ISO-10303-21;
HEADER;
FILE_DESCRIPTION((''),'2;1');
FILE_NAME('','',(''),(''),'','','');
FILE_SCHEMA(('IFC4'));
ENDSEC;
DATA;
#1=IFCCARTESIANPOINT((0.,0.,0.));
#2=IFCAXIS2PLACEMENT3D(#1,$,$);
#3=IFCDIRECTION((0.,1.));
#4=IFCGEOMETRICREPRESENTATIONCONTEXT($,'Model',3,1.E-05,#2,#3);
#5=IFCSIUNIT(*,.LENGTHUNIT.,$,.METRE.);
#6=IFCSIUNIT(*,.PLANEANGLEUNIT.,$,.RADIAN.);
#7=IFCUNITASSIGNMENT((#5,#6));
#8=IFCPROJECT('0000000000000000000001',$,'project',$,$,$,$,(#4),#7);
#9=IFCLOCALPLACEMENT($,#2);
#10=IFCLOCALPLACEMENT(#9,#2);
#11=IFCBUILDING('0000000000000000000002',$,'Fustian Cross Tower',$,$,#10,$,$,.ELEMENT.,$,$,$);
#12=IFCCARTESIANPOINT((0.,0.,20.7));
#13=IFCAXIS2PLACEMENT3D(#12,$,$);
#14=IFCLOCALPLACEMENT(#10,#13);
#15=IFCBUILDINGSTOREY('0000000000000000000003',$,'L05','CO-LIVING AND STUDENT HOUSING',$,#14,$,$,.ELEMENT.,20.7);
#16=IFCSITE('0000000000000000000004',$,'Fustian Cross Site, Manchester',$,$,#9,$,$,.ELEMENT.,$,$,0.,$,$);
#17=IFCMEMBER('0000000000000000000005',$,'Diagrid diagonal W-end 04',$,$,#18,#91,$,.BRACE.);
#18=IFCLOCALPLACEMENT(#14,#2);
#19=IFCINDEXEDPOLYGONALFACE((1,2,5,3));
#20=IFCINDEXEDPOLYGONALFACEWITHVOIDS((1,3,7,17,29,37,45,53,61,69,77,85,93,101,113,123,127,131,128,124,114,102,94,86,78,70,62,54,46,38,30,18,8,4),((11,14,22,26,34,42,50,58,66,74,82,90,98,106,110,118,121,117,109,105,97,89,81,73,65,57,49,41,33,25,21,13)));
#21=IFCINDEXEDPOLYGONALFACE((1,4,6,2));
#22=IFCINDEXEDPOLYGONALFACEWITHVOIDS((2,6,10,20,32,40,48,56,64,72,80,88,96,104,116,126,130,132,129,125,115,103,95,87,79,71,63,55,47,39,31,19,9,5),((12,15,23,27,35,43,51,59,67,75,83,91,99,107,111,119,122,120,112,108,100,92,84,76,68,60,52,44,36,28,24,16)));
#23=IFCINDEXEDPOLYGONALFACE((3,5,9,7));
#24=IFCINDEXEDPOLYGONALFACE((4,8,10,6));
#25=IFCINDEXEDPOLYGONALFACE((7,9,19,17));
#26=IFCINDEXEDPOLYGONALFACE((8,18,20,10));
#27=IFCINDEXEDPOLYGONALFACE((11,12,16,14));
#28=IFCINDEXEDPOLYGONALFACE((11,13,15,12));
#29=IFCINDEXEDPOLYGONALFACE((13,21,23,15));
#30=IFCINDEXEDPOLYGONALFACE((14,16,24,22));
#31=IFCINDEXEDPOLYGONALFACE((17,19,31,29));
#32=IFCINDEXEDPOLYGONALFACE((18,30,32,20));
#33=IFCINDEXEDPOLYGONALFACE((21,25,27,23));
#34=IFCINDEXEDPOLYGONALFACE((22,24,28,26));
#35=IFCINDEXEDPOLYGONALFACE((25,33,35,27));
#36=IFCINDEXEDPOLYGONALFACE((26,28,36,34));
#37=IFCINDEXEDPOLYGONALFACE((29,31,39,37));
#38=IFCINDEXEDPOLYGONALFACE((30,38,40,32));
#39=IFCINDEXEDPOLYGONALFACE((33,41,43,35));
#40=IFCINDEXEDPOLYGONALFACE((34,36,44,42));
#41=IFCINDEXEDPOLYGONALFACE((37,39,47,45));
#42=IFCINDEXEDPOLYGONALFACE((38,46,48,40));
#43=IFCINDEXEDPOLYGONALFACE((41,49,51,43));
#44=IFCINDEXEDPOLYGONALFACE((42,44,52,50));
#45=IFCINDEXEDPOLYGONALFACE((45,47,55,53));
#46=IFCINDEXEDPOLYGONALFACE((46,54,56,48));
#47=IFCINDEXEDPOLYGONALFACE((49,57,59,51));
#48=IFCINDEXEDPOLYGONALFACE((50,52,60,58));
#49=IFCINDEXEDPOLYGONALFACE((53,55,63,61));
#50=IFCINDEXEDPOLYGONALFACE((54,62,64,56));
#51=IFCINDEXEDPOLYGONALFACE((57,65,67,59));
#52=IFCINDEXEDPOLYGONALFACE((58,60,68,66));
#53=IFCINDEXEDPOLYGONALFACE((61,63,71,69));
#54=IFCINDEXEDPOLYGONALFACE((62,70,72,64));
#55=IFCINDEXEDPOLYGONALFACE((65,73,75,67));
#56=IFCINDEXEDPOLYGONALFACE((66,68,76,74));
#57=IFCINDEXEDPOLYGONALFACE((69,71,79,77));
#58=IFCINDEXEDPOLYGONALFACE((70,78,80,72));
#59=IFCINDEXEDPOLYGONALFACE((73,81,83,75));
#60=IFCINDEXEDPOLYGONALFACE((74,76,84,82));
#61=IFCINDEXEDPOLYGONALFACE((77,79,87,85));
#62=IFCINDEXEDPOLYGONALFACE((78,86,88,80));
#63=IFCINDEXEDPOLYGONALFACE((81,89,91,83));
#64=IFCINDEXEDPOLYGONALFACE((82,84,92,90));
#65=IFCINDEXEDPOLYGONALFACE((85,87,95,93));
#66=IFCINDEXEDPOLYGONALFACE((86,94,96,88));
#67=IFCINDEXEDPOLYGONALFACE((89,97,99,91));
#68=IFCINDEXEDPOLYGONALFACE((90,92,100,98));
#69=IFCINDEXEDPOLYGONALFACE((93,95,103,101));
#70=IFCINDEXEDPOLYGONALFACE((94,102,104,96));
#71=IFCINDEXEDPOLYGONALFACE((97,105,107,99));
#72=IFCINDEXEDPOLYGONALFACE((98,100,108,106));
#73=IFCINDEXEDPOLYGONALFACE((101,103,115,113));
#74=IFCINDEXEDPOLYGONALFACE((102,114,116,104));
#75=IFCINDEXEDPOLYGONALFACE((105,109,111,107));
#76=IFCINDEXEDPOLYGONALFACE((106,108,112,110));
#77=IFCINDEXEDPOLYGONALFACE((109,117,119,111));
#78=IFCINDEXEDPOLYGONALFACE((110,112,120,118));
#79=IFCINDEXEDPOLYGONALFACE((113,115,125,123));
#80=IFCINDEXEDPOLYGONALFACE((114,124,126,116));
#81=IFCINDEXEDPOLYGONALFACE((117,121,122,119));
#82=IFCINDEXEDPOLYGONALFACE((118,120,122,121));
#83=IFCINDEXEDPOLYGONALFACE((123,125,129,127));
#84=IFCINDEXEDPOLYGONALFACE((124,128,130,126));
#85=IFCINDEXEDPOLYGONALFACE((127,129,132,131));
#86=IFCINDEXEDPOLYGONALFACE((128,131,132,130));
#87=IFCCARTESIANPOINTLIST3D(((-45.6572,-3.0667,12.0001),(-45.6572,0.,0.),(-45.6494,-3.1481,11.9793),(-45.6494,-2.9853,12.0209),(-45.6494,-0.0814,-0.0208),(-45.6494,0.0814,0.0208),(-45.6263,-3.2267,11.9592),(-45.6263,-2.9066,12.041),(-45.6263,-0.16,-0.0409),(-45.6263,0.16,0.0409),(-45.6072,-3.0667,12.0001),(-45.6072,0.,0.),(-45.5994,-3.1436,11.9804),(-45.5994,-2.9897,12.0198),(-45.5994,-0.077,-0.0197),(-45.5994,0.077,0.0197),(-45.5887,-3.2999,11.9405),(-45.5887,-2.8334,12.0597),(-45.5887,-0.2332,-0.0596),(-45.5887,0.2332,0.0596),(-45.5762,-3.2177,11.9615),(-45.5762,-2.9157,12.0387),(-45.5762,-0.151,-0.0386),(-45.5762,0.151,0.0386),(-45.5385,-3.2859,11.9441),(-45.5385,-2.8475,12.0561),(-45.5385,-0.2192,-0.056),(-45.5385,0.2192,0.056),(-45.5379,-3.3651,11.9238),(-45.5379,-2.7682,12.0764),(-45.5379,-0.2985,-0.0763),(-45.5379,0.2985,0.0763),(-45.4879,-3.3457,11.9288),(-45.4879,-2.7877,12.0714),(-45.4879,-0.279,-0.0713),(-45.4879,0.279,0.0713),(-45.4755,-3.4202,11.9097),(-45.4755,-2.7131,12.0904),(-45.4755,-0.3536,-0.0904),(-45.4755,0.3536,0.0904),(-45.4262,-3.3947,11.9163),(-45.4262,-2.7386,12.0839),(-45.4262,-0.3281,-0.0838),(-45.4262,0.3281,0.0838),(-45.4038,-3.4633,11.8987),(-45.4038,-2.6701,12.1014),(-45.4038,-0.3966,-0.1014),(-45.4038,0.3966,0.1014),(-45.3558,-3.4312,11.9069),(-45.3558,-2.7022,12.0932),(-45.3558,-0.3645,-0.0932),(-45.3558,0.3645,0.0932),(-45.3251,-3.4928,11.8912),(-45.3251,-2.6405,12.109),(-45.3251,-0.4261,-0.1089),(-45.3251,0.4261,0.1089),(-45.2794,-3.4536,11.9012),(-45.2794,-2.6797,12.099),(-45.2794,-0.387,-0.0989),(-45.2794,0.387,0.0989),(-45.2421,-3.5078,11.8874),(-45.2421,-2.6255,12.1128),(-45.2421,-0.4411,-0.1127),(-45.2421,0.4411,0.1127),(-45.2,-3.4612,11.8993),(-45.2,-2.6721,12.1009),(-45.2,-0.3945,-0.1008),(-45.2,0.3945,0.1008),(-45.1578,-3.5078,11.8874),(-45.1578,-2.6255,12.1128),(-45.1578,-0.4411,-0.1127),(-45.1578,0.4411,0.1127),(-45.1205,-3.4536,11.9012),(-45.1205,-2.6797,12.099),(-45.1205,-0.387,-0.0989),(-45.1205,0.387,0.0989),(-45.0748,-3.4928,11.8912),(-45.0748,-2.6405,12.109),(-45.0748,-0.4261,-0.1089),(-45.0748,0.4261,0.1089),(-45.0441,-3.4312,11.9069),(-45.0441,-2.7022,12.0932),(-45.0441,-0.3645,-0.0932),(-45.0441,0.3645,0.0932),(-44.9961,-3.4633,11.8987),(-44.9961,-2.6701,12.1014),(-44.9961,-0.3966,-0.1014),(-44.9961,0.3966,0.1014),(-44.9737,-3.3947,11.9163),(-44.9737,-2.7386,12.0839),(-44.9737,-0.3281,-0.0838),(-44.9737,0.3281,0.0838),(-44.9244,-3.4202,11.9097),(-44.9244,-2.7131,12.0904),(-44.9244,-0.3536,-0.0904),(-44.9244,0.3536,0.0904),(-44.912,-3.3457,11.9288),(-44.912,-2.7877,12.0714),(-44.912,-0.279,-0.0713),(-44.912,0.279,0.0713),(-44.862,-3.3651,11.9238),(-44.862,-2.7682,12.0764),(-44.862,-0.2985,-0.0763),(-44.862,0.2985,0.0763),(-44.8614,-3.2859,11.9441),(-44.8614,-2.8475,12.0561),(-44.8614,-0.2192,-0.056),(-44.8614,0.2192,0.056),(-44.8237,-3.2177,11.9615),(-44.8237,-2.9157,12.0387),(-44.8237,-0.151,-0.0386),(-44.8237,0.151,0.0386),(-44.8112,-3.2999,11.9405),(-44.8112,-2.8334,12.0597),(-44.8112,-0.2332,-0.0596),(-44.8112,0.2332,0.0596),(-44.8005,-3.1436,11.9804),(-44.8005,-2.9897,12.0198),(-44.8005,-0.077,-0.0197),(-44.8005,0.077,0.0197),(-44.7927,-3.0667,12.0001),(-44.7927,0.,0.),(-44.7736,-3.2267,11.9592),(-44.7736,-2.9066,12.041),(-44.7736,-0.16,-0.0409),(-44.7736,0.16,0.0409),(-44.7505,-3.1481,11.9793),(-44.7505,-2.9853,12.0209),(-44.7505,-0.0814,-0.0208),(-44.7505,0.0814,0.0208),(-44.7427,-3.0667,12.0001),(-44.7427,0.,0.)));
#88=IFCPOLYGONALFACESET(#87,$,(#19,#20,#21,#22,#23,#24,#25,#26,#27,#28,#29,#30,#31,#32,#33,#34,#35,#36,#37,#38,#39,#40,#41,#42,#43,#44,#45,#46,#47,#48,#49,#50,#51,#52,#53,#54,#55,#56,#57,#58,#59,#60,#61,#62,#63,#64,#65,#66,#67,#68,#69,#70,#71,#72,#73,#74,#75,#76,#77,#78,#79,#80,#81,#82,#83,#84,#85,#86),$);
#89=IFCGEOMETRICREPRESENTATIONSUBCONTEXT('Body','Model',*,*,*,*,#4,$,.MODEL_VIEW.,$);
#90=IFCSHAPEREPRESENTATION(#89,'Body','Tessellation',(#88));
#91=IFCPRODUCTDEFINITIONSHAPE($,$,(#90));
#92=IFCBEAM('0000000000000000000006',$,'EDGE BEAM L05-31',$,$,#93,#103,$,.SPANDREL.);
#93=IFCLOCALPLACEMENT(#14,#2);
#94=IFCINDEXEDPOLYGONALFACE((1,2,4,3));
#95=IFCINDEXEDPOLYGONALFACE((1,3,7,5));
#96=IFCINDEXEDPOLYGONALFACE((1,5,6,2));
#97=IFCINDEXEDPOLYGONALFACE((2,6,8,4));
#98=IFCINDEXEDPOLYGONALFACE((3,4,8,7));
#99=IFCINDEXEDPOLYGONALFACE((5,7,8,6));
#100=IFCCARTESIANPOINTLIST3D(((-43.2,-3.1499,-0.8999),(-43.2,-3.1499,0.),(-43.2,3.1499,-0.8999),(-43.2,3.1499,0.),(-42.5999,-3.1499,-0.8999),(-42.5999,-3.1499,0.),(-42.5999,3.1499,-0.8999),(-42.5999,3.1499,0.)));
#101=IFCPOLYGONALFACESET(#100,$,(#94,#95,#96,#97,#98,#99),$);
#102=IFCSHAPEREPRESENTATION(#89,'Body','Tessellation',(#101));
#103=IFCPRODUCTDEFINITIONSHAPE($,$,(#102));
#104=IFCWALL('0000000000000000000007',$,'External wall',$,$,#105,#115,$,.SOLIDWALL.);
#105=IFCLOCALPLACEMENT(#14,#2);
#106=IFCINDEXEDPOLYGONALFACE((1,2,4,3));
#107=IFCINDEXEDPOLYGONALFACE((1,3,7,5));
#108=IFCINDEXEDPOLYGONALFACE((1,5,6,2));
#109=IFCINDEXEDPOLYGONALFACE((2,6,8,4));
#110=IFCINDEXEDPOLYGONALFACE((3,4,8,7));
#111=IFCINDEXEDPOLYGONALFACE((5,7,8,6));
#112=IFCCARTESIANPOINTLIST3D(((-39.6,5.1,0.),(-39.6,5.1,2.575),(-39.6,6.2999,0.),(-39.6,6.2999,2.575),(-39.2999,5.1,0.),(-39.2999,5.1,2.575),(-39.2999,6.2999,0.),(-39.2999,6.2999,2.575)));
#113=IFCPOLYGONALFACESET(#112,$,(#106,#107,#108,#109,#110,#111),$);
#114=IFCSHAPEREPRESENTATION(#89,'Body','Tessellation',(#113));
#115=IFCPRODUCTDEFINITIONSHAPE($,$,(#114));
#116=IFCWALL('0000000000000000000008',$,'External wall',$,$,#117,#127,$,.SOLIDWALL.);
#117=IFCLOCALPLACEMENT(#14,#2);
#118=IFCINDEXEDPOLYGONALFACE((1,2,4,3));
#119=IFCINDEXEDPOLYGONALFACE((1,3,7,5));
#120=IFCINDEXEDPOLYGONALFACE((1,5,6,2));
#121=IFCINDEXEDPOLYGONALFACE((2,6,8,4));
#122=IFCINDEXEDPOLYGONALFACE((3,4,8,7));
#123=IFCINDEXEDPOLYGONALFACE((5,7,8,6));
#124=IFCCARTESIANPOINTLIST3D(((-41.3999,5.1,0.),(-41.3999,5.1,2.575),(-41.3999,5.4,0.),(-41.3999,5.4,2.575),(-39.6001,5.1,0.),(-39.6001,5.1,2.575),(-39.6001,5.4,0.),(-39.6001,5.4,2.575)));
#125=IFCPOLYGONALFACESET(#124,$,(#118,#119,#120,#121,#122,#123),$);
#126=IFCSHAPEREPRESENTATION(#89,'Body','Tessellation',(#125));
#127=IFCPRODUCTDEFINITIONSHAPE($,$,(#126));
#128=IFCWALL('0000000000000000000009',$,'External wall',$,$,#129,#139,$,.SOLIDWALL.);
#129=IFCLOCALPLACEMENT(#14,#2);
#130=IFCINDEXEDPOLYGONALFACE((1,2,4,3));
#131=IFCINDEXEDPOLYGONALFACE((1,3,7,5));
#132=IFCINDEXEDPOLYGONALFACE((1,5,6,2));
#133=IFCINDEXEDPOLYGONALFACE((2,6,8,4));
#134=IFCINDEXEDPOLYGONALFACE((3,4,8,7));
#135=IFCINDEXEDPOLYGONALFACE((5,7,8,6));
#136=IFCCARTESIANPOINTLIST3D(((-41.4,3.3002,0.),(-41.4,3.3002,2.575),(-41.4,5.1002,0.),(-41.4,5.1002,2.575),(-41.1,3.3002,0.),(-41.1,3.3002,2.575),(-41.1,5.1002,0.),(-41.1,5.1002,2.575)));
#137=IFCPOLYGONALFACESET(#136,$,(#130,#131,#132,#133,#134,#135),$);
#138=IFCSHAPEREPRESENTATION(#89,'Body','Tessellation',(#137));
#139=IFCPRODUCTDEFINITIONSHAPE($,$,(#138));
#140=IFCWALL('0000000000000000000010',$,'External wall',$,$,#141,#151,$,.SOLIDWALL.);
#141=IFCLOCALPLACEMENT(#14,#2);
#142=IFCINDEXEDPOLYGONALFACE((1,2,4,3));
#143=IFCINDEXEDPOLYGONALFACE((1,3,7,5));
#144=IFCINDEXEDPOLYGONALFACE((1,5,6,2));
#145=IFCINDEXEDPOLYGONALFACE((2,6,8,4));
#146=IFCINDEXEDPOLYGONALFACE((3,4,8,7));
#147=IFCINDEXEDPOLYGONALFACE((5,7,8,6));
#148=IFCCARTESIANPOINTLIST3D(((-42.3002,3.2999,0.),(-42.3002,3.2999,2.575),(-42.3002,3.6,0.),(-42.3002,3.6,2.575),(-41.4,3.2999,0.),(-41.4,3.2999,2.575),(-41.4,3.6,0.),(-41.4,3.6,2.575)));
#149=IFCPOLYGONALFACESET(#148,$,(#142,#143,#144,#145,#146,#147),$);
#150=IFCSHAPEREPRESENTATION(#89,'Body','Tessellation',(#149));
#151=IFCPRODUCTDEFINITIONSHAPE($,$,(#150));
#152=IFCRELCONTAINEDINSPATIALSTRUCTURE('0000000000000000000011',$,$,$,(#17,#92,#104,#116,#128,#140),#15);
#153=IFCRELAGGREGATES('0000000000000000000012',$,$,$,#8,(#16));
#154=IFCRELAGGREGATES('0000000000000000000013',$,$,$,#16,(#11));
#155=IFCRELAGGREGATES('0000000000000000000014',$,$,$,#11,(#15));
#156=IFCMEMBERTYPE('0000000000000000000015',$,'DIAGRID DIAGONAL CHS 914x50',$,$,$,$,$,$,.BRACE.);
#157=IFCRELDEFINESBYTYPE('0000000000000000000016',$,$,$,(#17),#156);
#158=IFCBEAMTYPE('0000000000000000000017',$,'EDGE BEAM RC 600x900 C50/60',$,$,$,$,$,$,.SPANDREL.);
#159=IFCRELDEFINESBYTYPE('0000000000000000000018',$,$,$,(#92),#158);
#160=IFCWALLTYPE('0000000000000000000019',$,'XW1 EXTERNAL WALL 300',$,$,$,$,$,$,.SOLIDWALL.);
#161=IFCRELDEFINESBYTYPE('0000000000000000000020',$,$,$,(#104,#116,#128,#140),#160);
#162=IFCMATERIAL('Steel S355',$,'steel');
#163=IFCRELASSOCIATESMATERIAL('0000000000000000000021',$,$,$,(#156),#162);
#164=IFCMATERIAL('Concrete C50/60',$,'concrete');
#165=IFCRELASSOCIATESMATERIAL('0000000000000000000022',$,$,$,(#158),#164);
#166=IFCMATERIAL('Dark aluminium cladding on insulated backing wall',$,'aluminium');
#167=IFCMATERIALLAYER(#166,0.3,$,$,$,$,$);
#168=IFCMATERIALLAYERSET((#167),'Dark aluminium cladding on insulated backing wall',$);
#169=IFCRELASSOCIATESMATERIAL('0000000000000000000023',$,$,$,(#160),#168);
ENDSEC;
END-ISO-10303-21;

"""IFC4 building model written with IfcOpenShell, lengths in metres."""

from ifc_helpers import new_model, si_unit, direction, frame, frame_2d, origin, origin_2d, place, context, subcontext, project, spatial, rectangle, hollow_circle, extrude, material, layer, layer_set, material_profile, profile_set, type_object, element, save


model = new_model("IFC4")

# Units and contexts
model_context = context("Model", 3, precision=1e-05, world=origin(), true_north=direction((0.0, 1.0)))
body_context = subcontext(model_context, "Body", "Model", "MODEL_VIEW")
ifc_project = project(units=[si_unit("LENGTHUNIT", "METRE"), si_unit("PLANEANGLEUNIT", "RADIAN")], contexts=[model_context])

# Site, building, storey
site_placement = place(None, origin())
site = spatial("IfcSite", under=ifc_project, at=site_placement, Name="Fustian Cross Site, Manchester", CompositionType="ELEMENT", RefElevation=0.0)
building_placement = place(site_placement, origin())
building = spatial("IfcBuilding", under=site, at=building_placement, Name="Fustian Cross Tower", CompositionType="ELEMENT")
storey_placement = place(building_placement, frame((0.0, 0.0, 20.7)))
storey = spatial("IfcBuildingStorey", under=building, at=storey_placement, Name="L05", Description="CO-LIVING AND STUDENT HOUSING", CompositionType="ELEMENT", Elevation=20.7)

# Member
ifc_material_1 = material(Name="Steel S355", Category="steel")
ifc_material_profile_1 = material_profile(ifc_material_1, hollow_circle(Radius=0.4573, WallThickness=0.05, at=origin_2d()), Name="CHS 914x50")
ifc_profile_set_1 = profile_set([ifc_material_profile_1], Name="Steel S355")
member_type_1 = type_object("IfcMemberType", Name="DIAGRID DIAGONAL CHS 914x50", PredefinedType="BRACE", material=ifc_profile_set_1)
for number, where, z_axis, x_axis, name in (
    (1, (-45.2, 0.0, 0.0), (0.0, -0.247597, 0.968863), (1.0, 0.0, 0.0), "Diagrid diagonal W-end 04"),
):
    element("IfcMember", number, at=place(storey_placement, frame(where, z_axis=z_axis, x_axis=x_axis)), inside=storey, type_object=member_type_1, Name=name, PredefinedType="BRACE", context=body_context, shape_type="SweptSolid", body=[
        extrude(hollow_circle(Radius=0.4573, WallThickness=0.05, at=origin_2d()), origin(), (0.0, 0.0, 1.0), 12.3857),
    ])

# Beam
ifc_material_2 = material(Name="Concrete C50/60", Category="concrete")
ifc_material_profile_2 = material_profile(ifc_material_2, rectangle(XDim=0.6001, YDim=0.8999, at=origin_2d()), Name="RC 600x900")
ifc_profile_set_2 = profile_set([ifc_material_profile_2], Name="Concrete C50/60")
beam_type = type_object("IfcBeamType", Name="EDGE BEAM RC 600x900 C50/60", PredefinedType="SPANDREL", material=ifc_profile_set_2)
beam_placement = place(storey_placement, frame((-42.8999, 3.1499, -0.45), z_axis=(0.0, -1.0, 0.0), x_axis=(1.0, 0.0, 0.0)))
element("IfcBeam", 2, at=beam_placement, inside=storey, type_object=beam_type, Name="EDGE BEAM L05-31", PredefinedType="SPANDREL", context=body_context, shape_type="SweptSolid", body=[
    extrude(rectangle(XDim=0.6001, YDim=0.8999, at=origin_2d()), origin(), (0.0, 0.0, 1.0), 6.2998),
])

# Walls
ifc_material_3 = material(Name="Dark aluminium cladding on insulated backing wall", Category="aluminium")
ifc_layer = layer(ifc_material_3, 0.3)
ifc_layer_set = layer_set([ifc_layer], Name="Dark aluminium cladding on insulated backing wall")
wall_type = type_object("IfcWallType", Name="XW1 EXTERNAL WALL 300", PredefinedType="SOLIDWALL", material=ifc_layer_set)
wall_1_placement = place(storey_placement, frame((-39.45, 6.3, 0.0), z_axis=(0.0, 0.0, 1.0), x_axis=(0.0, -1.0, 0.0)))
element("IfcWall", 3, at=wall_1_placement, inside=storey, type_object=wall_type, Name="External wall", PredefinedType="SOLIDWALL", context=body_context, shape_type="SweptSolid", body=[
    extrude(rectangle(XDim=1.2, YDim=0.3, at=frame_2d((0.6001, 0.0))), origin(), (0.0, 0.0, 1.0), 2.575),
])
wall_2_placement = place(storey_placement, frame((-39.6001, 5.25, 0.0), z_axis=(0.0, 0.0, 1.0), x_axis=(-1.0, 0.0, 0.0)))
element("IfcWall", 4, at=wall_2_placement, inside=storey, type_object=wall_type, Name="External wall", PredefinedType="SOLIDWALL", context=body_context, shape_type="SweptSolid", body=[
    extrude(rectangle(XDim=1.7998, YDim=0.3, at=frame_2d((0.8999, 0.0))), origin(), (0.0, 0.0, 1.0), 2.575),
])
wall_3_placement = place(storey_placement, frame((-41.25, 5.1001, 0.0), z_axis=(0.0, 0.0, 1.0), x_axis=(0.0, -1.0, 0.0)))
element("IfcWall", 5, at=wall_3_placement, inside=storey, type_object=wall_type, Name="External wall", PredefinedType="SOLIDWALL", context=body_context, shape_type="SweptSolid", body=[
    extrude(rectangle(XDim=1.8, YDim=0.3, at=frame_2d((0.8999, 0.0))), origin(), (0.0, 0.0, 1.0), 2.575),
])
wall_4_placement = place(storey_placement, frame((-41.3999, 3.45, 0.0), z_axis=(0.0, 0.0, 1.0), x_axis=(-1.0, 0.0, 0.0)))
element("IfcWall", 6, at=wall_4_placement, inside=storey, type_object=wall_type, Name="External wall", PredefinedType="SOLIDWALL", context=body_context, shape_type="SweptSolid", body=[
    extrude(rectangle(XDim=0.9001, YDim=0.3, at=frame_2d((0.4502, 0.0))), origin(), (0.0, 0.0, 1.0), 2.575),
])

save(model, "model.ifc")
